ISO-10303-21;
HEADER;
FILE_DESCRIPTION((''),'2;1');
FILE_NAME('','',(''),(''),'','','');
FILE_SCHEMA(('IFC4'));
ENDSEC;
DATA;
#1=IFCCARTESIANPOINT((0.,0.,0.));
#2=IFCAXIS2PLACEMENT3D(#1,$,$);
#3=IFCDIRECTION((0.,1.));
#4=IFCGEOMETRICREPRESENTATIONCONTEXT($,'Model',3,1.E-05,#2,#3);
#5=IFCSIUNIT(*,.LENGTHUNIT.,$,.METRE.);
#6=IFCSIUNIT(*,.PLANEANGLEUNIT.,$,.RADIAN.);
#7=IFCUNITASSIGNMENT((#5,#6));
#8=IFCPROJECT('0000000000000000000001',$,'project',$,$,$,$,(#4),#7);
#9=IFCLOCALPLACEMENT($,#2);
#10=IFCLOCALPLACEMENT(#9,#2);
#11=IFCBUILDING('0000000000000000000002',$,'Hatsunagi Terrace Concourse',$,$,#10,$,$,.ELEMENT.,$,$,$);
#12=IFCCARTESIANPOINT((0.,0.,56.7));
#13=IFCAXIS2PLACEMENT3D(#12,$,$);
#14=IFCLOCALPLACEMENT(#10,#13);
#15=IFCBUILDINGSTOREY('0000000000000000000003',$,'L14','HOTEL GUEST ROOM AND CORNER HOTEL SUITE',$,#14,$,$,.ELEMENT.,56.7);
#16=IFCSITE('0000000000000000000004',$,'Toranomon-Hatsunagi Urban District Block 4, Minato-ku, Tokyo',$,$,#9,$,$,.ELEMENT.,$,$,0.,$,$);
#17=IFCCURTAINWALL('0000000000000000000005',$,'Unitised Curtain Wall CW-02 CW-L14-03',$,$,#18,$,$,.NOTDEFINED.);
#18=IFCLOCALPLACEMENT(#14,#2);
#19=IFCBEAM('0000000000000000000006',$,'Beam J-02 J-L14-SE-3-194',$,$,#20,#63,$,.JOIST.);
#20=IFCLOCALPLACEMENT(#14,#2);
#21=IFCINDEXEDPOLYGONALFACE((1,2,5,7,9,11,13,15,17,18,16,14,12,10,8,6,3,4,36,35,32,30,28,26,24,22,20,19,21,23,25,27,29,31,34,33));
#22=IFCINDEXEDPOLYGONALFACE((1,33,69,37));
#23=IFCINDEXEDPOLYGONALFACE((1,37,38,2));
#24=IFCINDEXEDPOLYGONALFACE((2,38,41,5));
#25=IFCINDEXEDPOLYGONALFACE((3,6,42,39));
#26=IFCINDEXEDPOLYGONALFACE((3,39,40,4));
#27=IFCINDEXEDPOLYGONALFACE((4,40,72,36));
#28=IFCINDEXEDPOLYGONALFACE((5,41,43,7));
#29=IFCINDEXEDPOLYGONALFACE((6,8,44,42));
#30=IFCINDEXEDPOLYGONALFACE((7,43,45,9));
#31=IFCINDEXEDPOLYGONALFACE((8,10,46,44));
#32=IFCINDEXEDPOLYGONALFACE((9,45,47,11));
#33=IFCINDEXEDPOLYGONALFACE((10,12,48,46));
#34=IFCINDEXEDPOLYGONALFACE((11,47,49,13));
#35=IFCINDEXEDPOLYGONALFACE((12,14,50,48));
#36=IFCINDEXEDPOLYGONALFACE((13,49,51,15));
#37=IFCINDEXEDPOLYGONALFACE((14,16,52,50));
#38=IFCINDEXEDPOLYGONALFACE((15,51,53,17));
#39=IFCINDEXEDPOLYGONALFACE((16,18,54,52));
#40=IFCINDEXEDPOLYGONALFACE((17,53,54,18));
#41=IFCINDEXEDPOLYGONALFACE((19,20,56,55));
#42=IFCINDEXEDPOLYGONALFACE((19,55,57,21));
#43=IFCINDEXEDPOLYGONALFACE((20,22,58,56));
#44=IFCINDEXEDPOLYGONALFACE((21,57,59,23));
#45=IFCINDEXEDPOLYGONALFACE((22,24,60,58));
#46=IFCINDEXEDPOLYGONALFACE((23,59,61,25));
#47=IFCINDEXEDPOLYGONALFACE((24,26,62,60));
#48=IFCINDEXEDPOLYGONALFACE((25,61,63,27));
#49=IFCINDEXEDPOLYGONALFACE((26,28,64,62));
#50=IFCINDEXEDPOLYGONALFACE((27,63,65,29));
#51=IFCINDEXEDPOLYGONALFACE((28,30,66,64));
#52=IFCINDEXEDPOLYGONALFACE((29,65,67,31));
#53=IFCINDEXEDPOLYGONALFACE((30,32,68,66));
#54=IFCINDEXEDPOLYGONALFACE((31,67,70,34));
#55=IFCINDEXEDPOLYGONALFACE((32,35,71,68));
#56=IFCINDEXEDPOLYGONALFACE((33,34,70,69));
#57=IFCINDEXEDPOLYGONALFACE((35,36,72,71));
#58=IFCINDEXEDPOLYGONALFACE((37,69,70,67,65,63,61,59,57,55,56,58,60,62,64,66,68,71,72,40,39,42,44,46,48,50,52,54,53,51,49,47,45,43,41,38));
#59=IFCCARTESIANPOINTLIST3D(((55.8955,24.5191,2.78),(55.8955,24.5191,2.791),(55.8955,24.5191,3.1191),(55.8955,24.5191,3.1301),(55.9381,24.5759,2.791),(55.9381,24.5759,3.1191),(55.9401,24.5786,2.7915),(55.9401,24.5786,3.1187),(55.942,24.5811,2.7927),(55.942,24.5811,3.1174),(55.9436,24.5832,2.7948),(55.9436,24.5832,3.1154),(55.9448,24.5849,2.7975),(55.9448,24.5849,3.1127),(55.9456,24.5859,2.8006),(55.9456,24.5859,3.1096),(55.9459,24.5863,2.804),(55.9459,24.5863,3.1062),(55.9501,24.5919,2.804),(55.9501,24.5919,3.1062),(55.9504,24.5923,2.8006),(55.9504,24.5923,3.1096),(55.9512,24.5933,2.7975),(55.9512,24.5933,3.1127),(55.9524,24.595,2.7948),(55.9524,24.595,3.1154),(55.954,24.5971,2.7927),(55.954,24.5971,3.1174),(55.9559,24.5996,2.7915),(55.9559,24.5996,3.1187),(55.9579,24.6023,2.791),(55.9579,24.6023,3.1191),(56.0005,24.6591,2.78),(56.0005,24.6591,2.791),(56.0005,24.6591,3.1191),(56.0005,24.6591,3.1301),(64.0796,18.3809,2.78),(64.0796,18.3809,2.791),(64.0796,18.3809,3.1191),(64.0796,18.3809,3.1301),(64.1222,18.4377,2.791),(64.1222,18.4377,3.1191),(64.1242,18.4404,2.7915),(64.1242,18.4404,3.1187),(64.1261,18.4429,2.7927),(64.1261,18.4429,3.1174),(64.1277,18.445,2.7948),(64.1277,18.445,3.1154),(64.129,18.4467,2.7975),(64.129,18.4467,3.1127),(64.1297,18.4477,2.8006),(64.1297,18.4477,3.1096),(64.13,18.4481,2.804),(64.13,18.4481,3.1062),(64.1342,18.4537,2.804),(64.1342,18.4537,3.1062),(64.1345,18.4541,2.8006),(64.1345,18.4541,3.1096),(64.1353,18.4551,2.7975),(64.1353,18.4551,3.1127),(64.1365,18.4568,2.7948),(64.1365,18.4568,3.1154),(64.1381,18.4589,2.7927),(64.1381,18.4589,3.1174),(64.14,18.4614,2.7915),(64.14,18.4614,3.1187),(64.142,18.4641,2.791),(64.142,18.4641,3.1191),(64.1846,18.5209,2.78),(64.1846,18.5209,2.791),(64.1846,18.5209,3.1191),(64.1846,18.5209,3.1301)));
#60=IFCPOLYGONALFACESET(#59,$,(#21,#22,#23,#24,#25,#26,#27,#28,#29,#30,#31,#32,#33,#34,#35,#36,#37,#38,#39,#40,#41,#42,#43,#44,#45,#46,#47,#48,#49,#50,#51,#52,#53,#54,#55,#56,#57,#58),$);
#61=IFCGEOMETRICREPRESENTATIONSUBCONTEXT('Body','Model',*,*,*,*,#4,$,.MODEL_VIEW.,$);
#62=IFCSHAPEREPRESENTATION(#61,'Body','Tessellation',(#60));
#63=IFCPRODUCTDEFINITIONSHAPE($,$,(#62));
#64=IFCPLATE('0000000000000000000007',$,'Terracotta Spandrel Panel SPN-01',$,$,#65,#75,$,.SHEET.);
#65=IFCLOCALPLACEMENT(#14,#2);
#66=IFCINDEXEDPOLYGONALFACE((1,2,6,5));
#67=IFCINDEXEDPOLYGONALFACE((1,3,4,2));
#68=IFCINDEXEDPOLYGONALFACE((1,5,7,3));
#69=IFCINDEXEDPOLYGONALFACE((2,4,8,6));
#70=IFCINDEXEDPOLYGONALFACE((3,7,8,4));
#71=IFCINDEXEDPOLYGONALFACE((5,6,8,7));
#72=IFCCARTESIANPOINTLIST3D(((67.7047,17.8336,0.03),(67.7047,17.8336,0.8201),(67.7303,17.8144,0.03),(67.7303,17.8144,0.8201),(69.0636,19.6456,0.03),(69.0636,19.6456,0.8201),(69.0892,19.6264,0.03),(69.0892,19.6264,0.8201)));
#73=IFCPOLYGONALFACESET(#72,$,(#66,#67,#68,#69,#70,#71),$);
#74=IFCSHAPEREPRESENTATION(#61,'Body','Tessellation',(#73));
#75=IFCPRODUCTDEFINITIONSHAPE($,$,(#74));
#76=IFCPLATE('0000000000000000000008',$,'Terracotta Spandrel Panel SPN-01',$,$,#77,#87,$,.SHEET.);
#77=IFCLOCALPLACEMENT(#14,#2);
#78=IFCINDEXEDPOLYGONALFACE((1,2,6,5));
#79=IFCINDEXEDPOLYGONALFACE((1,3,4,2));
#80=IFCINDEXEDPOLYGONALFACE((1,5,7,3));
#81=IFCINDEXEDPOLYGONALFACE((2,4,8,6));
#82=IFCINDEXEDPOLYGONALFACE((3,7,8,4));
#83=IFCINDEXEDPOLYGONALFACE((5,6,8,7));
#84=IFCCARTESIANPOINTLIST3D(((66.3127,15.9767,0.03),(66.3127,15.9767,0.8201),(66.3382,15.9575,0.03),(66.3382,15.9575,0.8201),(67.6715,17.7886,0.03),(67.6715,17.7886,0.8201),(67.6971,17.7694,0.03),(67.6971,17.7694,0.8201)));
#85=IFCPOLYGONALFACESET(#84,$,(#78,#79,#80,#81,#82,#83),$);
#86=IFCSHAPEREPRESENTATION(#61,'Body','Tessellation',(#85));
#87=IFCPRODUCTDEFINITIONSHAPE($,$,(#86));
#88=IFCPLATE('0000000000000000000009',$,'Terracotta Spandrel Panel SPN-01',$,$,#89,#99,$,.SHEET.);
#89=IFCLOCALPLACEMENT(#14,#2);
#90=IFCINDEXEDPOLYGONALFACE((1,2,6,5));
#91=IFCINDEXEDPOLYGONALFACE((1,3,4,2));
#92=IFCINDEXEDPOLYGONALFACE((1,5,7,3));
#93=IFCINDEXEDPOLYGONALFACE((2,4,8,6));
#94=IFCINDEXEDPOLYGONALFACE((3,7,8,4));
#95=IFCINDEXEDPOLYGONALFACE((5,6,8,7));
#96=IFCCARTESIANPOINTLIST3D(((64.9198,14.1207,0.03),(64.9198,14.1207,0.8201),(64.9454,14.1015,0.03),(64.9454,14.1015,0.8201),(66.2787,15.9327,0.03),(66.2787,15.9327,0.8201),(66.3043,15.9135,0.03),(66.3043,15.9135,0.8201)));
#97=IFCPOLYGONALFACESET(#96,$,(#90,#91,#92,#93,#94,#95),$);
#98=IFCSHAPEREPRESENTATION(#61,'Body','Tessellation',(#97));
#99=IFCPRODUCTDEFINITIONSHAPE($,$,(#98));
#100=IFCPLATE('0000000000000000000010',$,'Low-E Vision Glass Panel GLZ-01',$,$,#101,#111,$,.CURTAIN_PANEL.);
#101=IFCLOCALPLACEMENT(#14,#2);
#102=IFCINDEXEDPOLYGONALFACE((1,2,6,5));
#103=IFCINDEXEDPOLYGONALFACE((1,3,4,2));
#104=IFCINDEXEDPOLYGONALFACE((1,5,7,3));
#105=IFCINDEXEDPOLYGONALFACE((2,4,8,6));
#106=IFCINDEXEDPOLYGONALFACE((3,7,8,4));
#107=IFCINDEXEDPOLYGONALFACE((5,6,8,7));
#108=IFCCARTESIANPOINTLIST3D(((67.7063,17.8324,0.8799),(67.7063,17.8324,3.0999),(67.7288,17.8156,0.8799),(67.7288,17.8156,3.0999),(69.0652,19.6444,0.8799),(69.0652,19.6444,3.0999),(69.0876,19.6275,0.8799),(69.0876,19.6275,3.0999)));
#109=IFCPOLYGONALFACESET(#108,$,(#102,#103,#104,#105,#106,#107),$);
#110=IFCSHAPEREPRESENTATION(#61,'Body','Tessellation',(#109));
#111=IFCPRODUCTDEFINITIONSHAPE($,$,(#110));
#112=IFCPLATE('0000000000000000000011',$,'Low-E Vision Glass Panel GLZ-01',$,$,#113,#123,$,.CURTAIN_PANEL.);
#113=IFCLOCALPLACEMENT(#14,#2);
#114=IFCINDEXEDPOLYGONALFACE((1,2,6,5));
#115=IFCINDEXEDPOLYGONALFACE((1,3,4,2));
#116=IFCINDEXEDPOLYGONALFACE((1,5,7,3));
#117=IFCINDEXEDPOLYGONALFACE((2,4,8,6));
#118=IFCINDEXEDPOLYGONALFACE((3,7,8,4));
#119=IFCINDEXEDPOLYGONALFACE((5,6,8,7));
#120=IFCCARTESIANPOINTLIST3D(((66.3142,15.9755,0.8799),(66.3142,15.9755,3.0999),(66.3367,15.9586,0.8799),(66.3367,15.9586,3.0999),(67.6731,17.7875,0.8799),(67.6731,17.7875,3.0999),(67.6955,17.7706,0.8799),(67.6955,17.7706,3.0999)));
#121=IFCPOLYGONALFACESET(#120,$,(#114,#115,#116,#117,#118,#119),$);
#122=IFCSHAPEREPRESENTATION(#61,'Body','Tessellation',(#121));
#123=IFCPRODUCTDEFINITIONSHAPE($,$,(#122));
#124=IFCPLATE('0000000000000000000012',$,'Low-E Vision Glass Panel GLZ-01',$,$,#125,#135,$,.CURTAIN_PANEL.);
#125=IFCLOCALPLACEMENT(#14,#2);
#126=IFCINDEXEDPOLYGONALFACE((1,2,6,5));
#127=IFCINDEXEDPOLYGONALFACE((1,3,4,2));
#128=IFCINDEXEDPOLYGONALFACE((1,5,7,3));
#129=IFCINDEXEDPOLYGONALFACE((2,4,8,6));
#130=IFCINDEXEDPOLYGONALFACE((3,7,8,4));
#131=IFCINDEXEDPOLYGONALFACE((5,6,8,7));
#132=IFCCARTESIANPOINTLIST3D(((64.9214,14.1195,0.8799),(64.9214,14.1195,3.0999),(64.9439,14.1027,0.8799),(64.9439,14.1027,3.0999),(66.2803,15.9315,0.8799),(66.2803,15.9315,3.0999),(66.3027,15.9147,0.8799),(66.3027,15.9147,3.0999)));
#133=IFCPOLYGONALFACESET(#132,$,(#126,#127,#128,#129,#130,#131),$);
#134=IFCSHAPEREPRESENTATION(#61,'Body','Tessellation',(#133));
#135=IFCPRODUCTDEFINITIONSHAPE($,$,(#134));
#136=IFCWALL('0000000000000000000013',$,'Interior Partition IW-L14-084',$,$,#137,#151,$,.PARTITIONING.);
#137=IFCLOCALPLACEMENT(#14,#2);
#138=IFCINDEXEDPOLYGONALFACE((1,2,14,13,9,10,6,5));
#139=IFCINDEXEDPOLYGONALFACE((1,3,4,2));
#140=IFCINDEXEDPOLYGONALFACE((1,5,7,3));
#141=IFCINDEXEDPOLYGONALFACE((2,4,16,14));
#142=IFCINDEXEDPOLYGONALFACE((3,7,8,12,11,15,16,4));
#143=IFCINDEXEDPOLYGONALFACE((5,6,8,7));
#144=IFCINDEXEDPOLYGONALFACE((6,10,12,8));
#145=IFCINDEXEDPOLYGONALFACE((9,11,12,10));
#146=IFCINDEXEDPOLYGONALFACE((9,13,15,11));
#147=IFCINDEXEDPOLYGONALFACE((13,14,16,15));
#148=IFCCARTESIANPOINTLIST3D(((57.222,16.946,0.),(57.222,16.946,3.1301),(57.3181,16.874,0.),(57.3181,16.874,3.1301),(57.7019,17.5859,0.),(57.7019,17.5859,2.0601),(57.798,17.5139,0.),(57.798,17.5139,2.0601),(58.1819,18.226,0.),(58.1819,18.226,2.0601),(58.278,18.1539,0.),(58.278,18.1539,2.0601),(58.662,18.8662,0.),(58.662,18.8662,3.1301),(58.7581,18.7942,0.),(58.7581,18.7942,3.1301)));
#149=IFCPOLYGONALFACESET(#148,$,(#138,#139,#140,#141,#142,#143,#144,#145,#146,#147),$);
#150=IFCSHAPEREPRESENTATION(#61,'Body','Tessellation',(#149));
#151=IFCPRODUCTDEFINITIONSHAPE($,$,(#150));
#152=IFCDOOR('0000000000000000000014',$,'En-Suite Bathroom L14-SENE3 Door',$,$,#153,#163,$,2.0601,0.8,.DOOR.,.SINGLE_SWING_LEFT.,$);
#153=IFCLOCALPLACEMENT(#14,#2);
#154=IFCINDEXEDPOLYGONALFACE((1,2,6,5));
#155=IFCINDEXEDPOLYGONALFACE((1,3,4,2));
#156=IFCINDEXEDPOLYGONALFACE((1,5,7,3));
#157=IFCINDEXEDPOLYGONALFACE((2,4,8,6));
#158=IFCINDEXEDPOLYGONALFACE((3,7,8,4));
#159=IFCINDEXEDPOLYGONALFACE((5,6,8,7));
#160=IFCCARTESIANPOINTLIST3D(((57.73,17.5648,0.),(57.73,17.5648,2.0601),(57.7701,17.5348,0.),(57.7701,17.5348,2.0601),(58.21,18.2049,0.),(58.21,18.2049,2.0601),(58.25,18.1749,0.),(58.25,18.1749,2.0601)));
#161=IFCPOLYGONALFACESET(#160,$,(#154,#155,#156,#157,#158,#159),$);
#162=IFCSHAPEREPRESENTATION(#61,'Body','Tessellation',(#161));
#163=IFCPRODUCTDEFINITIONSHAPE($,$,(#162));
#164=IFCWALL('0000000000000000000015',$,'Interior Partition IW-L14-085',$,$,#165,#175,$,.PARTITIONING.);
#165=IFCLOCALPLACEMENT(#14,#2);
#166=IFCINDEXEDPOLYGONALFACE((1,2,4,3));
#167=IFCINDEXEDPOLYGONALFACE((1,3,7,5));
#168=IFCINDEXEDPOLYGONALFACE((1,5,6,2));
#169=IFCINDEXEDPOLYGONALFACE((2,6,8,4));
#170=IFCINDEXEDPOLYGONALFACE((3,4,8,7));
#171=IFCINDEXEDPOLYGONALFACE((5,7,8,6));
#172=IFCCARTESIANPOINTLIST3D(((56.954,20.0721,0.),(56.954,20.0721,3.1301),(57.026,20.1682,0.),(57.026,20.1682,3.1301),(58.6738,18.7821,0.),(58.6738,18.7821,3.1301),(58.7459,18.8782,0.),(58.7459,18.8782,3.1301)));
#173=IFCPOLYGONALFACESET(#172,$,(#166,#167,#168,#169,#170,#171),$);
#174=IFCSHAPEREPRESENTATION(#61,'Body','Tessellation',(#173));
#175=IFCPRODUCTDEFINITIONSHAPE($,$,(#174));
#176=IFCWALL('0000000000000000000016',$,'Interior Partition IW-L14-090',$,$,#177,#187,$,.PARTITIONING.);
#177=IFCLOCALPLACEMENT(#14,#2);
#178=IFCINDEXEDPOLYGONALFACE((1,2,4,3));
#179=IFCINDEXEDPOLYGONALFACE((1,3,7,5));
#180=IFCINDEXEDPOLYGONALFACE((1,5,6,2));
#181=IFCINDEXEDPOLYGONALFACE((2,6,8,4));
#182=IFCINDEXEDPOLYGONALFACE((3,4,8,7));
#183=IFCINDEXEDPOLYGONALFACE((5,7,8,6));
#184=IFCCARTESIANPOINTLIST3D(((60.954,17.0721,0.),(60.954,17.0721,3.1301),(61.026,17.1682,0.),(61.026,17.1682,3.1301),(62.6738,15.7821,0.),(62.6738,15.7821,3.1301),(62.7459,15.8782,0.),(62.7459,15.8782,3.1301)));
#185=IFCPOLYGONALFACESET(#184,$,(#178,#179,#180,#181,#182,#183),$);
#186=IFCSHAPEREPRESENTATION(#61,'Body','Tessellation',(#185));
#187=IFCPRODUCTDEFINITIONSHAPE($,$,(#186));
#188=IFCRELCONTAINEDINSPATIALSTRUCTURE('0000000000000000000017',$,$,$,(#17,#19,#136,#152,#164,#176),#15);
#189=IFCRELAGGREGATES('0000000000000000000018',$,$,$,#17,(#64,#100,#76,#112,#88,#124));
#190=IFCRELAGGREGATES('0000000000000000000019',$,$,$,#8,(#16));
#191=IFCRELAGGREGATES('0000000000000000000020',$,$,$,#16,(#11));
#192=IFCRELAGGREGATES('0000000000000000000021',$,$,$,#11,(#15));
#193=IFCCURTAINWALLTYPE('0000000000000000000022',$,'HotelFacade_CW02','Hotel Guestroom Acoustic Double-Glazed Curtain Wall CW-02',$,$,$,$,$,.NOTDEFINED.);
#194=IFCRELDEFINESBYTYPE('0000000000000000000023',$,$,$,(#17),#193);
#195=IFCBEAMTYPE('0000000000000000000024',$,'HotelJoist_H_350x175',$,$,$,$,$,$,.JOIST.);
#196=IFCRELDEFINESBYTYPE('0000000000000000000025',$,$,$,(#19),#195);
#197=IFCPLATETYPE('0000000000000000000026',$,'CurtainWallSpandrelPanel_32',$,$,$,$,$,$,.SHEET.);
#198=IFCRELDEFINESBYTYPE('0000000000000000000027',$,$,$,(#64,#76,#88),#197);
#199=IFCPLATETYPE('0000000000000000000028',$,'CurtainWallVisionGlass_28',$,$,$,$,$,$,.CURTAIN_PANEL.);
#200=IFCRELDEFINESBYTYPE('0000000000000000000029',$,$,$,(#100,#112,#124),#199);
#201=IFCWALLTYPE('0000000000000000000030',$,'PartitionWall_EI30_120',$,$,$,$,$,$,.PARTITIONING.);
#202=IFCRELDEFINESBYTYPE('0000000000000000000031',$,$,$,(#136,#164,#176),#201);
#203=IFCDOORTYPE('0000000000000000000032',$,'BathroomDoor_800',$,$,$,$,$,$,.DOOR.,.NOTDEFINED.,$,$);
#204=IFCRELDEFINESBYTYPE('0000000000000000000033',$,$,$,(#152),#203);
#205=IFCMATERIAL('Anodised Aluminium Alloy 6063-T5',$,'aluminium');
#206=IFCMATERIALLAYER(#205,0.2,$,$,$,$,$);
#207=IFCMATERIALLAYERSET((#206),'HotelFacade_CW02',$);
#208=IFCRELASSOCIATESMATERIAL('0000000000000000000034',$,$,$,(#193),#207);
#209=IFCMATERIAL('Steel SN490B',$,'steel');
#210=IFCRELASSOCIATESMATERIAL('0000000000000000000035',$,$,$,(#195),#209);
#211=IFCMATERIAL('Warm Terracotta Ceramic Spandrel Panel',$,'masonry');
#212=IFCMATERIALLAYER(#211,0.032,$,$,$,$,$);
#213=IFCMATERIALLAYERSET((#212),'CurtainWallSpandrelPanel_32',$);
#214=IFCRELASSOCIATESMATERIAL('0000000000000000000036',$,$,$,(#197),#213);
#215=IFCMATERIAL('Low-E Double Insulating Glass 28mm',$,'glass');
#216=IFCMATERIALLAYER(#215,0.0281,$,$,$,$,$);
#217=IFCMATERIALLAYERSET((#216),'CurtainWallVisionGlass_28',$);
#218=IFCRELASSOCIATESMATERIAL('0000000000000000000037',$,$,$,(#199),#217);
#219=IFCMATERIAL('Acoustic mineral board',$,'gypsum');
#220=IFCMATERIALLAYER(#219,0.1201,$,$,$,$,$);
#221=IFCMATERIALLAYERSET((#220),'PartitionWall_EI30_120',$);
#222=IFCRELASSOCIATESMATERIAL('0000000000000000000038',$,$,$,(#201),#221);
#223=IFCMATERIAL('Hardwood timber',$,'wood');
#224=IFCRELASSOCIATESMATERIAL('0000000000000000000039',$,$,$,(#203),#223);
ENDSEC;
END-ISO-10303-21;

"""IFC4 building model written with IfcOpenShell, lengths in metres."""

from ifc_helpers import new_model, si_unit, direction, frame, frame_2d, origin, origin_2d, place, context, subcontext, project, spatial, rectangle, i_section, extrude, material, layer, layer_set, material_profile, profile_set, type_object, element, fill, aggregate, save


model = new_model("IFC4")

# Units and contexts
model_context = context("Model", 3, precision=1e-05, world=origin(), true_north=direction((0.0, 1.0)))
body_context = subcontext(model_context, "Body", "Model", "MODEL_VIEW")
ifc_project = project(units=[si_unit("LENGTHUNIT", "METRE"), si_unit("PLANEANGLEUNIT", "RADIAN")], contexts=[model_context])

# Site, building, storey
site_placement = place(None, origin())
site = spatial("IfcSite", under=ifc_project, at=site_placement, Name="Toranomon-Hatsunagi Urban District Block 4, Minato-ku, Tokyo", CompositionType="ELEMENT", RefElevation=0.0)
building_placement = place(site_placement, origin())
building = spatial("IfcBuilding", under=site, at=building_placement, Name="Hatsunagi Terrace Concourse", CompositionType="ELEMENT")
storey_placement = place(building_placement, frame((0.0, 0.0, 56.7)))
storey = spatial("IfcBuildingStorey", under=building, at=storey_placement, Name="L14", Description="HOTEL GUEST ROOM AND CORNER HOTEL SUITE", CompositionType="ELEMENT", Elevation=56.7)

# Curtain wall
ifc_material_1 = material(Name="Anodised Aluminium Alloy 6063-T5", Category="aluminium")
ifc_layer_1 = layer(ifc_material_1, 0.2)
ifc_layer_set_1 = layer_set([ifc_layer_1], Name="HotelFacade_CW02")
curtain_wall_type = type_object("IfcCurtainWallType", Name="HotelFacade_CW02", Description="Hotel Guestroom Acoustic Double-Glazed Curtain Wall CW-02", PredefinedType="NOTDEFINED", material=ifc_layer_set_1)
curtain_wall_placement = place(storey_placement, origin())
curtain_wall = element("IfcCurtainWall", 1, at=curtain_wall_placement, inside=storey, type_object=curtain_wall_type, Name="Unitised Curtain Wall CW-02 CW-L14-03", PredefinedType="NOTDEFINED")

# Beam
ifc_material_2 = material(Name="Steel SN490B", Category="steel")
ifc_material_profile_1 = material_profile(ifc_material_2, i_section(OverallWidth=0.175, OverallDepth=0.3501, WebThickness=0.0071, FlangeThickness=0.011, FilletRadius=0.0129, at=origin_2d()), Name="H-350x175x7x11")
ifc_profile_set_1 = profile_set([ifc_material_profile_1], Name="Steel SN490B")
beam_type = type_object("IfcBeamType", Name="HotelJoist_H_350x175", PredefinedType="JOIST", material=ifc_profile_set_1)
beam_placement = place(storey_placement, frame((55.948, 24.5891, 2.9551), z_axis=(0.799994, -0.600008, 0.0), x_axis=(0.600008, 0.799994, 0.0)))
element("IfcBeam", 2, at=beam_placement, inside=storey, type_object=beam_type, Name="Beam J-02 J-L14-SE-3-194", PredefinedType="JOIST", context=body_context, shape_type="SweptSolid", body=[
    extrude(i_section(OverallWidth=0.175, OverallDepth=0.3501, WebThickness=0.0071, FlangeThickness=0.011, FilletRadius=0.0129, at=origin_2d()), origin(), (0.0, 0.0, 1.0), 10.2302),
])

# Plates
ifc_material_3 = material(Name="Warm Terracotta Ceramic Spandrel Panel", Category="masonry")
ifc_layer_2 = layer(ifc_material_3, 0.032)
ifc_layer_set_2 = layer_set([ifc_layer_2], Name="CurtainWallSpandrelPanel_32")
plate_type_1 = type_object("IfcPlateType", Name="CurtainWallSpandrelPanel_32", PredefinedType="SHEET", material=ifc_layer_set_2)
plate_1_placement = place(storey_placement, frame((68.397, 18.73, 0.03), z_axis=(0.0, 0.0, 1.0), x_axis=(-0.599969, -0.800023, 0.0)))
plate_1 = element("IfcPlate", 3, at=plate_1_placement, type_object=plate_type_1, Name="Terracotta Spandrel Panel SPN-01", PredefinedType="SHEET", context=body_context, shape_type="SweptSolid", body=[
    extrude(rectangle(XDim=2.2649, YDim=0.032, at=origin_2d()), origin(), (0.0, 0.0, 1.0), 0.79),
])
plate_2_placement = place(storey_placement, frame((67.0049, 16.873, 0.03), z_axis=(0.0, 0.0, 1.0), x_axis=(-0.599969, -0.800023, 0.0)))
plate_2 = element("IfcPlate", 4, at=plate_2_placement, type_object=plate_type_1, Name="Terracotta Spandrel Panel SPN-01", PredefinedType="SHEET", context=body_context, shape_type="SweptSolid", body=[
    extrude(rectangle(XDim=2.2649, YDim=0.032, at=origin_2d()), origin(), (0.0, 0.0, 1.0), 0.79),
])
plate_3_placement = place(storey_placement, frame((65.6121, 15.0171, 0.03), z_axis=(0.0, 0.0, 1.0), x_axis=(-0.599969, -0.800023, 0.0)))
plate_3 = element("IfcPlate", 5, at=plate_3_placement, type_object=plate_type_1, Name="Terracotta Spandrel Panel SPN-01", PredefinedType="SHEET", context=body_context, shape_type="SweptSolid", body=[
    extrude(rectangle(XDim=2.2649, YDim=0.032, at=origin_2d()), origin(), (0.0, 0.0, 1.0), 0.79),
])
ifc_material_4 = material(Name="Low-E Double Insulating Glass 28mm", Category="glass")
ifc_layer_3 = layer(ifc_material_4, 0.0281)
ifc_layer_set_3 = layer_set([ifc_layer_3], Name="CurtainWallVisionGlass_28")
plate_type_2 = type_object("IfcPlateType", Name="CurtainWallVisionGlass_28", PredefinedType="CURTAIN_PANEL", material=ifc_layer_set_3)
plate_4_placement = place(storey_placement, frame((68.397, 18.73, 0.8799), z_axis=(0.0, 0.0, 1.0), x_axis=(-0.599969, -0.800023, 0.0)))
plate_4 = element("IfcPlate", 6, at=plate_4_placement, type_object=plate_type_2, Name="Low-E Vision Glass Panel GLZ-01", PredefinedType="CURTAIN_PANEL", context=body_context, shape_type="SweptSolid", body=[
    extrude(rectangle(XDim=2.2649, YDim=0.0281, at=origin_2d()), origin(), (0.0, 0.0, 1.0), 2.22),
])
plate_5_placement = place(storey_placement, frame((67.0049, 16.873, 0.8799), z_axis=(0.0, 0.0, 1.0), x_axis=(-0.599969, -0.800023, 0.0)))
plate_5 = element("IfcPlate", 7, at=plate_5_placement, type_object=plate_type_2, Name="Low-E Vision Glass Panel GLZ-01", PredefinedType="CURTAIN_PANEL", context=body_context, shape_type="SweptSolid", body=[
    extrude(rectangle(XDim=2.2649, YDim=0.0281, at=origin_2d()), origin(), (0.0, 0.0, 1.0), 2.22),
])
plate_6_placement = place(storey_placement, frame((65.6121, 15.0171, 0.8799), z_axis=(0.0, 0.0, 1.0), x_axis=(-0.599969, -0.800023, 0.0)))
plate_6 = element("IfcPlate", 8, at=plate_6_placement, type_object=plate_type_2, Name="Low-E Vision Glass Panel GLZ-01", PredefinedType="CURTAIN_PANEL", context=body_context, shape_type="SweptSolid", body=[
    extrude(rectangle(XDim=2.2649, YDim=0.0281, at=origin_2d()), origin(), (0.0, 0.0, 1.0), 2.22),
])
aggregate(curtain_wall, [plate_1, plate_4, plate_2, plate_5, plate_3, plate_6])

# Wall, opening, door
ifc_material_5 = material(Name="Acoustic mineral board", Category="gypsum")
ifc_layer_4 = layer(ifc_material_5, 0.1201)
ifc_layer_set_4 = layer_set([ifc_layer_4], Name="PartitionWall_EI30_120")
wall_type_1 = type_object("IfcWallType", Name="PartitionWall_EI30_120", PredefinedType="PARTITIONING", material=ifc_layer_set_4)
wall_1_placement = place(storey_placement, frame((57.27, 16.9099, 0.0), z_axis=(0.0, 0.0, 1.0), x_axis=(0.599951, 0.800037, 0.0)))
wall_1 = element("IfcWall", 9, at=wall_1_placement, inside=storey, type_object=wall_type_1, Name="Interior Partition IW-L14-084", PredefinedType="PARTITIONING", context=body_context, shape_type="SweptSolid", body=[
    extrude(rectangle(XDim=2.4001, YDim=0.1201, at=frame_2d((1.2002, 0.0))), origin(), (0.0, 0.0, 1.0), 3.1301),
])
opening_1_placement = place(wall_1_placement, frame((0.8, 0.0, 0.0)))
opening_1 = element("IfcOpeningElement", 10, at=opening_1_placement, cuts=wall_1, PredefinedType="OPENING", context=body_context, shape_type="SweptSolid", body=[
    extrude(rectangle(XDim=0.8, YDim=2.0601, at=frame_2d((0.3999, 1.03))), frame((0.0, 0.0701, 0.0), z_axis=(0.0, -1.0, 0.0), x_axis=(1.0, 0.0, 0.0)), (0.0, 0.0, 1.0), 0.1401),
])
ifc_material_6 = material(Name="Hardwood timber", Category="wood")
door_type_1 = type_object("IfcDoorType", Name="BathroomDoor_800", OperationType="NOTDEFINED", PredefinedType="DOOR", material=ifc_material_6)
door_1_placement = place(opening_1_placement, origin())
door_1 = element("IfcDoor", 11, at=door_1_placement, inside=storey, type_object=door_type_1, Name="En-Suite Bathroom L14-SENE3 Door", OperationType="SINGLE_SWING_LEFT", OverallHeight=2.0601, OverallWidth=0.8, PredefinedType="DOOR", context=body_context, shape_type="SweptSolid", body=[
    extrude(rectangle(XDim=0.8, YDim=2.0601, at=frame_2d((0.3999, 1.03))), frame((0.0, 0.0249, 0.0), z_axis=(0.0, -1.0, 0.0), x_axis=(1.0, 0.0, 0.0)), (0.0, 0.0, 1.0), 0.05),
])
fill(opening_1, door_1)

# Walls
for number, where, z_axis, x_axis, name in (
    (12, (56.99, 20.1201, 0.0), (0.0, 0.0, 1.0), (0.799986, -0.600018, 0.0), "Interior Partition IW-L14-085"),
    (13, (60.99, 17.1201, 0.0), (0.0, 0.0, 1.0), (0.799986, -0.600018, 0.0), "Interior Partition IW-L14-090"),
):
    element("IfcWall", number, at=place(storey_placement, frame(where, z_axis=z_axis, x_axis=x_axis)), inside=storey, type_object=wall_type_1, Name=name, PredefinedType="PARTITIONING", context=body_context, shape_type="SweptSolid", body=[
        extrude(rectangle(XDim=2.1499, YDim=0.1201, at=frame_2d((1.075, 0.0))), origin(), (0.0, 0.0, 1.0), 3.1301),
    ])

save(model, "model.ifc")
